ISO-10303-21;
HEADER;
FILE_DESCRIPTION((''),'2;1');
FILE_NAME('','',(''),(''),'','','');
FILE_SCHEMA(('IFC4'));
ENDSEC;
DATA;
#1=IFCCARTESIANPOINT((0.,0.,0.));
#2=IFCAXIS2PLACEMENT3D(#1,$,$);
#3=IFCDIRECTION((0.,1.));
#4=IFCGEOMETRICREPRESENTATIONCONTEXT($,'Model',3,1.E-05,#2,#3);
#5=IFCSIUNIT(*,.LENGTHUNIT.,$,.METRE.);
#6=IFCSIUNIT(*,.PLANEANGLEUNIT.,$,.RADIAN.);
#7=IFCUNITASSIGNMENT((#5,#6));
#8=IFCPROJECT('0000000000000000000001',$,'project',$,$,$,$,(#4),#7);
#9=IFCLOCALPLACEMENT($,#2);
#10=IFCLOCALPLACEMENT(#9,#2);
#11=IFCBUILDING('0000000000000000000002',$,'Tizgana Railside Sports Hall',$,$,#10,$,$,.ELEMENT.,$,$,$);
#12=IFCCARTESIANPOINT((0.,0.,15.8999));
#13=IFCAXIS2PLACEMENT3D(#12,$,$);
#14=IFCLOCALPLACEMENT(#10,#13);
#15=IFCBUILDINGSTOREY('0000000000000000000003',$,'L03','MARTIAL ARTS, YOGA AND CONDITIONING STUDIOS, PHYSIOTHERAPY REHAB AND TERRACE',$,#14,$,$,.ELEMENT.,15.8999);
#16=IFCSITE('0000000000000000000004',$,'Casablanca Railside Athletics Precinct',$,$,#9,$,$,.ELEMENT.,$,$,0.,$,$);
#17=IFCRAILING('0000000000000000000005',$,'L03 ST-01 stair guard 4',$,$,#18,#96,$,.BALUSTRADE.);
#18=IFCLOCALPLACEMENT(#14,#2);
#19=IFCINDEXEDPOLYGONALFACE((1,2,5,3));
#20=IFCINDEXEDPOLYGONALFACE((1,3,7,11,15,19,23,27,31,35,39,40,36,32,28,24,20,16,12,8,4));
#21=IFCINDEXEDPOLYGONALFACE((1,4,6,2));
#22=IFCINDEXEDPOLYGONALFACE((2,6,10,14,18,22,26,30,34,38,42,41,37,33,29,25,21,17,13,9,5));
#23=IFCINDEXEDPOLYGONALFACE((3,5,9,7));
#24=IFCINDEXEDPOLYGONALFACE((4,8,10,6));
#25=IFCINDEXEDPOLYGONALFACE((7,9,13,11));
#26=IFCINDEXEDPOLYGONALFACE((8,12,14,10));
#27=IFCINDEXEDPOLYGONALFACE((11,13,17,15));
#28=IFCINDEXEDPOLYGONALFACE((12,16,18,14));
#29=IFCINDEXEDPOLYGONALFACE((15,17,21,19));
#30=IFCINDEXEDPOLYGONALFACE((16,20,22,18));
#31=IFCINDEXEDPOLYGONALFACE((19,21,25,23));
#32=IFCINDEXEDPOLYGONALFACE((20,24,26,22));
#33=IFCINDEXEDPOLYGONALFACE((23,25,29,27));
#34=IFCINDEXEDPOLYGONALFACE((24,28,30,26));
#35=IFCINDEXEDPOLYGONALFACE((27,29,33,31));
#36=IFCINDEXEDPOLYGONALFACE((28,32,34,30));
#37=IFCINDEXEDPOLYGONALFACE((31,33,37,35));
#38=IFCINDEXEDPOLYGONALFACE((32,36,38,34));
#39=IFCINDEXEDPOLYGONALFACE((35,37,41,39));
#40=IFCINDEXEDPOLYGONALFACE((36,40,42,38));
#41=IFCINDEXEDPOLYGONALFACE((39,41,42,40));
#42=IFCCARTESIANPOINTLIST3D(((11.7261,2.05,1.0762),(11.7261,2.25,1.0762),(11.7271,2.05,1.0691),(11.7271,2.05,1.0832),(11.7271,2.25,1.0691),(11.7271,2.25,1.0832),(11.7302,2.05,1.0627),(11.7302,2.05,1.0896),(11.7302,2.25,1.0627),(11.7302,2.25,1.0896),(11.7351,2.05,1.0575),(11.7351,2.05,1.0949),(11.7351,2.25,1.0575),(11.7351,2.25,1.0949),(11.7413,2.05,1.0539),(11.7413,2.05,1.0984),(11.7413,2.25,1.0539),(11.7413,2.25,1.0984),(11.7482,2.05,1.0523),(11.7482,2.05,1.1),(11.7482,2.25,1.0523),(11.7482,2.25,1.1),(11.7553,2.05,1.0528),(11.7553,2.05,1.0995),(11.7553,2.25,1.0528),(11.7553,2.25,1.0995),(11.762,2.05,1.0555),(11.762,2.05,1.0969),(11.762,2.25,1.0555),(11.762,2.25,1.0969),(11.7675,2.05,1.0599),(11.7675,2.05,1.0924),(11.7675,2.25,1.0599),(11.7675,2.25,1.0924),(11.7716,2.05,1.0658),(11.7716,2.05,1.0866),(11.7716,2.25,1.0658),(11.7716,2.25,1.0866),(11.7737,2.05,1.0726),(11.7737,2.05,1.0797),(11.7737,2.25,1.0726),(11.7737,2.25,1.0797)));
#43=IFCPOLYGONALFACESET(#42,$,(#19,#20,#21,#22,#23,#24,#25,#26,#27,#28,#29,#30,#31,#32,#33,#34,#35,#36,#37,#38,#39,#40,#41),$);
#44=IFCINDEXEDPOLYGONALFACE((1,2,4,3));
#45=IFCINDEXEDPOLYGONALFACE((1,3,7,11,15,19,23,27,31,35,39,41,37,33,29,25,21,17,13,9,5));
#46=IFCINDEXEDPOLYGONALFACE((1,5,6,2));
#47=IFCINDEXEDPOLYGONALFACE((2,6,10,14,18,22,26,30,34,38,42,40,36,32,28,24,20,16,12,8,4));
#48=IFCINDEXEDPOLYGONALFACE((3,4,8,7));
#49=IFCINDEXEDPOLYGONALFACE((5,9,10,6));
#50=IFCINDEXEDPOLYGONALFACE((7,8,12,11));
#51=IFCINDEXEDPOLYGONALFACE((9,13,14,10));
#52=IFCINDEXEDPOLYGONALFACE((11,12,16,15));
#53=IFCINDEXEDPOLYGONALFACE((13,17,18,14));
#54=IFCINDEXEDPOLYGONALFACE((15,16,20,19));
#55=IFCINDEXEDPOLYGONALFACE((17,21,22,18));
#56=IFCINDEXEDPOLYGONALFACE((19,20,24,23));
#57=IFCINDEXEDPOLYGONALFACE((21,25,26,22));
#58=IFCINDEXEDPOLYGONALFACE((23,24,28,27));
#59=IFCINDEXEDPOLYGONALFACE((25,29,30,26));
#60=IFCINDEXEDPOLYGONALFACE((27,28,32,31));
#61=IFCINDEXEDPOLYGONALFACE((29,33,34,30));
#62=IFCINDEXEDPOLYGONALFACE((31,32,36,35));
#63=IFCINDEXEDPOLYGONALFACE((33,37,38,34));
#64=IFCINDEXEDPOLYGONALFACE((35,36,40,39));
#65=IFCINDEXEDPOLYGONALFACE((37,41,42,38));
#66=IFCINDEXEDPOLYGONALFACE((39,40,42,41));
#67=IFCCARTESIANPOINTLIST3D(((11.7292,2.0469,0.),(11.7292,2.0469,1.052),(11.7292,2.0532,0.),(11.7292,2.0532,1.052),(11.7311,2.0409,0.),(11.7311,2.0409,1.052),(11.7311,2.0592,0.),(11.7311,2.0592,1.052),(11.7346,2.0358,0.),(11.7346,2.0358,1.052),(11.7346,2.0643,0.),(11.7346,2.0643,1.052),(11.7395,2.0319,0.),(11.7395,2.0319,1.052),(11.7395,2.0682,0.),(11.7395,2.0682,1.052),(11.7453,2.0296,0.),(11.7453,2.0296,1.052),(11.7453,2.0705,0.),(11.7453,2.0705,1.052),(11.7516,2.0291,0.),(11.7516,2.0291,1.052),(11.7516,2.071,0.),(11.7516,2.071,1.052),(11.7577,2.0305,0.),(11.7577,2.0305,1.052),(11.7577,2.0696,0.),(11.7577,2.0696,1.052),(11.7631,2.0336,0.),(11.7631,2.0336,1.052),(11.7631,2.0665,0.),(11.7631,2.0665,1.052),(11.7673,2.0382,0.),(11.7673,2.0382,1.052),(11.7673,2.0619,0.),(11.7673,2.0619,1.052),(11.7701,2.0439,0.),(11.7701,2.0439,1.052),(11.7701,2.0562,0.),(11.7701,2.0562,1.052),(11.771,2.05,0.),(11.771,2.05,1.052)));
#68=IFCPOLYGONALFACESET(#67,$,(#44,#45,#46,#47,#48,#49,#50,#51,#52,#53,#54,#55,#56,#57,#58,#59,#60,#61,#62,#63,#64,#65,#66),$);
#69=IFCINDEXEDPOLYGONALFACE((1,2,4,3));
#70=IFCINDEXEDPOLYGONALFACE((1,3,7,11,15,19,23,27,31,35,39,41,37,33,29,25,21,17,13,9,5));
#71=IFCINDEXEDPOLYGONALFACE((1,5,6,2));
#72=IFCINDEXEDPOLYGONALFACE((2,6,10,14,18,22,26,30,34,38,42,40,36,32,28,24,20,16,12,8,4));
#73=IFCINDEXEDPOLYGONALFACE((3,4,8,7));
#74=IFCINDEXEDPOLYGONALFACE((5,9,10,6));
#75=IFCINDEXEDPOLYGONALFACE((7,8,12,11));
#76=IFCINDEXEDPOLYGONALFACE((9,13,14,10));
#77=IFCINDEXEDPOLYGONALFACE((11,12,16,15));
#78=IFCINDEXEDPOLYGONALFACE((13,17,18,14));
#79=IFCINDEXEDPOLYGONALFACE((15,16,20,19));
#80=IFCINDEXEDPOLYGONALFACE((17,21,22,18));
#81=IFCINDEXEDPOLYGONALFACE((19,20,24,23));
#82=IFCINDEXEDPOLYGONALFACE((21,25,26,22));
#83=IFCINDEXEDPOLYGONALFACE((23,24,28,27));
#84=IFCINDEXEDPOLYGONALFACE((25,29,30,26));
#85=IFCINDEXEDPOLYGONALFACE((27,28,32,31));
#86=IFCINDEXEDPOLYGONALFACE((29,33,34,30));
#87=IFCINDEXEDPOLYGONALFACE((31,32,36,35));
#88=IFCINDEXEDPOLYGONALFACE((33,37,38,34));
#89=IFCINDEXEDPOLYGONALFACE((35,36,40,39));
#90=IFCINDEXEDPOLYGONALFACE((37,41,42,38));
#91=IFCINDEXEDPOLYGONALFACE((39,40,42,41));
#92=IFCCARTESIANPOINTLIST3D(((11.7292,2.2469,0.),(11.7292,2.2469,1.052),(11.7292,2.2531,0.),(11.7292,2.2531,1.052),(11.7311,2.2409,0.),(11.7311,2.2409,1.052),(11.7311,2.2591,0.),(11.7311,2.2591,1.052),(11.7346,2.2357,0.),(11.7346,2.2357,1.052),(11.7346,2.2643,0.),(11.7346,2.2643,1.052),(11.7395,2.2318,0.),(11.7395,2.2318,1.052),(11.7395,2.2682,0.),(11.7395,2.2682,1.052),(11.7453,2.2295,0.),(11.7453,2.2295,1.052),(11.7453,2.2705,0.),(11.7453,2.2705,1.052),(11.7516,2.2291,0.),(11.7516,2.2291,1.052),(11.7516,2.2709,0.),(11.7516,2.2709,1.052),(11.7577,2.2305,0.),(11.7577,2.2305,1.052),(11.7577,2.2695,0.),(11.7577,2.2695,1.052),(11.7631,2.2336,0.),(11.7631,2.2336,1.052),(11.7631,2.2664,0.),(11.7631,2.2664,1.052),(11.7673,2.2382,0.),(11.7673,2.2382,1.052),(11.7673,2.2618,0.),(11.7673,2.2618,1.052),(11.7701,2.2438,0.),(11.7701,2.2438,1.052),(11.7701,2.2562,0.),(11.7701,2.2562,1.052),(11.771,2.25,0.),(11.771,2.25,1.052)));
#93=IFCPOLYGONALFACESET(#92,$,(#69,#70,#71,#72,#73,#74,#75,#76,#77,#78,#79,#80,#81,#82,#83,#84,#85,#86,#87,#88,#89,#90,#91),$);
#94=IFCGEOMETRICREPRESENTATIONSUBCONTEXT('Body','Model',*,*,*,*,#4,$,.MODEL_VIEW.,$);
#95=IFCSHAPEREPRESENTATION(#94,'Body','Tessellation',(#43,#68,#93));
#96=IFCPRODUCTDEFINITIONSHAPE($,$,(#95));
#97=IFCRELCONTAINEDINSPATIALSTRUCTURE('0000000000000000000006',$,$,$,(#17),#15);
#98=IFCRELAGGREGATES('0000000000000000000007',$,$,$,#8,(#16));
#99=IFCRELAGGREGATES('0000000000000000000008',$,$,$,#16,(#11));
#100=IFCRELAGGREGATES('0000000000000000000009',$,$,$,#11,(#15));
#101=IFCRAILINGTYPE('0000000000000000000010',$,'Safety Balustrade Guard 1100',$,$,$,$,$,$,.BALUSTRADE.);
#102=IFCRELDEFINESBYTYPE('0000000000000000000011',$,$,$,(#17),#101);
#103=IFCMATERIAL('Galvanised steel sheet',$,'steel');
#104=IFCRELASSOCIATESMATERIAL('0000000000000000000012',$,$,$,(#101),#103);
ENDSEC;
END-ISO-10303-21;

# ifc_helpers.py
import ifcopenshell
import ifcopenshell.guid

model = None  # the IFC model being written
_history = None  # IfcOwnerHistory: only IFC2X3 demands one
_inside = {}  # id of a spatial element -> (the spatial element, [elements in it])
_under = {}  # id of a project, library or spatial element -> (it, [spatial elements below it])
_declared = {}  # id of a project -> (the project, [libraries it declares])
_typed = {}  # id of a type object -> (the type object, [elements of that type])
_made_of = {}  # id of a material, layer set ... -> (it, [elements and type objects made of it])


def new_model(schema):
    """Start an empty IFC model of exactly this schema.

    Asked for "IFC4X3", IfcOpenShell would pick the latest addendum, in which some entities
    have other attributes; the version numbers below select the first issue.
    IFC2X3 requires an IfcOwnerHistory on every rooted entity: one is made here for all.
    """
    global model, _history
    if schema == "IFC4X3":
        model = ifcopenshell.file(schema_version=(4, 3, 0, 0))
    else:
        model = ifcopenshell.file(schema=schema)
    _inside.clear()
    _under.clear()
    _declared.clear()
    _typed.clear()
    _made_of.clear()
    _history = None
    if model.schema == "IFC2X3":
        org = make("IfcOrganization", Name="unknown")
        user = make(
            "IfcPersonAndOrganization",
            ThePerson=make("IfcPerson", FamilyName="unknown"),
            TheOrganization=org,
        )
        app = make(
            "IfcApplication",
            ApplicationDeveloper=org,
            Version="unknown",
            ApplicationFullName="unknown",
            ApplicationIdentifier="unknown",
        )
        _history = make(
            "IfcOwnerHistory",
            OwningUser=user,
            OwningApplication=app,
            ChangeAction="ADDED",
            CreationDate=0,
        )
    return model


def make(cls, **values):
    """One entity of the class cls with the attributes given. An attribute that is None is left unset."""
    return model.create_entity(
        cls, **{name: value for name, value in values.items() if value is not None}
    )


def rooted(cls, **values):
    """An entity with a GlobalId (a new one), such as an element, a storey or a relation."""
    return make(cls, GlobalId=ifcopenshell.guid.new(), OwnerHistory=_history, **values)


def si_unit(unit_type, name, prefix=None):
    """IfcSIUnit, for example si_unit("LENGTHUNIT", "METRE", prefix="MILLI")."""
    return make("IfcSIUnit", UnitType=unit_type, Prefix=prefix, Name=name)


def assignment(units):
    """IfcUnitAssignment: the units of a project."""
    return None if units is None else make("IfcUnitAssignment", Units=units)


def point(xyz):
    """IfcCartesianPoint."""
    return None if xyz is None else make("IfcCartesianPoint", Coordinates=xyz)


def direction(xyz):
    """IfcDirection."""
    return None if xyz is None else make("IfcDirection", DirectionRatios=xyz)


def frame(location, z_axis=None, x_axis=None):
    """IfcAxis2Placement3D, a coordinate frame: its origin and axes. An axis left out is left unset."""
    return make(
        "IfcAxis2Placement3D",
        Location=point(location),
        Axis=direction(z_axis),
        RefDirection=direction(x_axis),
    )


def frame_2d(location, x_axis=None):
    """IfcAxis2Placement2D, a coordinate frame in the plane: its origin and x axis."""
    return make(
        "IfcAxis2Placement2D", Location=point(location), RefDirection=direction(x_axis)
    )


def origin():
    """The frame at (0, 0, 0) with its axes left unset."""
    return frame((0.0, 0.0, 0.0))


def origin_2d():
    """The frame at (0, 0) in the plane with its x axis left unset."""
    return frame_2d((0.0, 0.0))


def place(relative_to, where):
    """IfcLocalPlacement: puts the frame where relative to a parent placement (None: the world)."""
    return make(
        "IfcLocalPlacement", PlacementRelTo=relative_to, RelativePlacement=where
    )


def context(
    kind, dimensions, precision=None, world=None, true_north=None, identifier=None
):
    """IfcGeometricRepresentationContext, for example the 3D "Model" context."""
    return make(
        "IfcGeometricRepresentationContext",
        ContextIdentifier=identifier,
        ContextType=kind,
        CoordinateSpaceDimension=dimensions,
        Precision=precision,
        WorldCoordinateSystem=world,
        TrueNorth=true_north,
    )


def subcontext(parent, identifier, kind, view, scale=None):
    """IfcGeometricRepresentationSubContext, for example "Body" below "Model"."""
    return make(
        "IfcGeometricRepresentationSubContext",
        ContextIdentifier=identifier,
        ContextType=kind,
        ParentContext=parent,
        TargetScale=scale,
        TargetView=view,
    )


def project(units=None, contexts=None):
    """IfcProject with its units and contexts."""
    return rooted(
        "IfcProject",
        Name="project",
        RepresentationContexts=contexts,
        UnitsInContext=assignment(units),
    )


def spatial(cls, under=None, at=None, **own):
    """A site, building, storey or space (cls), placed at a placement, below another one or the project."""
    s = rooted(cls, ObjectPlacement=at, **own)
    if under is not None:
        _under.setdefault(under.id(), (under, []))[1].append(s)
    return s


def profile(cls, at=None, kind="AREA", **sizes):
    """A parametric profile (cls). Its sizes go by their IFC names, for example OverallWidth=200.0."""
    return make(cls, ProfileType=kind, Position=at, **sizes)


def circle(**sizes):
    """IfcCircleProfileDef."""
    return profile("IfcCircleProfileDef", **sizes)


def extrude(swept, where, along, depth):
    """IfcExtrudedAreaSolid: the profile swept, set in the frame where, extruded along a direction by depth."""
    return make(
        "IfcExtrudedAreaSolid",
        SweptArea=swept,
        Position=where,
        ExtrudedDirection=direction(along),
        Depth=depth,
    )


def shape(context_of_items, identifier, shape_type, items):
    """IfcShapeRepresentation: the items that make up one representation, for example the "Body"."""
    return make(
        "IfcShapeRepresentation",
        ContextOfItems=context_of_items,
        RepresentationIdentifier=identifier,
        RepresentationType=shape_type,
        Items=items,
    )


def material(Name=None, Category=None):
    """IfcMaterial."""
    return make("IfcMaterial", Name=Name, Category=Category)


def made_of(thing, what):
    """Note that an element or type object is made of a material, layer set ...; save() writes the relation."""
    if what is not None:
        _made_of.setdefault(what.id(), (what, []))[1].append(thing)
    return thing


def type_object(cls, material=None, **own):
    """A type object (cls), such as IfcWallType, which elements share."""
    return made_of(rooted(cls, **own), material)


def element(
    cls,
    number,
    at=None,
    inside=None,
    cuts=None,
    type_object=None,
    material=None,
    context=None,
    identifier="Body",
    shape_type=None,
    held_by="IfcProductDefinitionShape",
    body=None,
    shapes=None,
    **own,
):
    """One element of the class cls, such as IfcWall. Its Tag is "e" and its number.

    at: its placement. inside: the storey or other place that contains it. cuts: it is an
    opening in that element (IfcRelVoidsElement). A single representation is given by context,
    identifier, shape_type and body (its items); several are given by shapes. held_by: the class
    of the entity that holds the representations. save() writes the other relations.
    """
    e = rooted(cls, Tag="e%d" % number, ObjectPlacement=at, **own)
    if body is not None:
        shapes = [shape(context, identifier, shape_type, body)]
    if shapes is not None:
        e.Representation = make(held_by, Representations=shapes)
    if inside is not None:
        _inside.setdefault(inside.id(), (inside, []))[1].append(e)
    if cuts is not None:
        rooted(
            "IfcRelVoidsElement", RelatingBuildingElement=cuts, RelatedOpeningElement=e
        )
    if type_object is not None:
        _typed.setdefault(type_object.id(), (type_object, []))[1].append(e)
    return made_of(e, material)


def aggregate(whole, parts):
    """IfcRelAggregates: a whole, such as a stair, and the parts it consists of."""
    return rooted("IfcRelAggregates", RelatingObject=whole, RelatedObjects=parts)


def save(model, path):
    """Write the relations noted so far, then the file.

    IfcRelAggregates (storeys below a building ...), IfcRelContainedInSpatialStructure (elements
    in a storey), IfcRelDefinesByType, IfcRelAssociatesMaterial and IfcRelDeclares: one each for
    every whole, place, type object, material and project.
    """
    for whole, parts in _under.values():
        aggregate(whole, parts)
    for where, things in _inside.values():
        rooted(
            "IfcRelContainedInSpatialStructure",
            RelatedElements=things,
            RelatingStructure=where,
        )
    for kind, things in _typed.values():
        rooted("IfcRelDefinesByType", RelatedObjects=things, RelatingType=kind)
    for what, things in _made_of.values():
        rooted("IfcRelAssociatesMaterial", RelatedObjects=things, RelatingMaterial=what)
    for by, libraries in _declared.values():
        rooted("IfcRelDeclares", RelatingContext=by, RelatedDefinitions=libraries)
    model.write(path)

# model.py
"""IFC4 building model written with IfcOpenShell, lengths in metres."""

from ifc_helpers import new_model, si_unit, direction, frame, origin, origin_2d, place, context, subcontext, project, spatial, circle, extrude, material, type_object, element, save


model = new_model("IFC4")

# Units and contexts
model_context = context("Model", 3, precision=1e-05, world=origin(), true_north=direction((0.0, 1.0)))
body_context = subcontext(model_context, "Body", "Model", "MODEL_VIEW")
ifc_project = project(units=[si_unit("LENGTHUNIT", "METRE"), si_unit("PLANEANGLEUNIT", "RADIAN")], contexts=[model_context])

# Site, building, storey
site_placement = place(None, origin())
site = spatial("IfcSite", under=ifc_project, at=site_placement, Name="Casablanca Railside Athletics Precinct", CompositionType="ELEMENT", RefElevation=0.0)
building_placement = place(site_placement, origin())
building = spatial("IfcBuilding", under=site, at=building_placement, Name="Tizgana Railside Sports Hall", CompositionType="ELEMENT")
storey_placement = place(building_placement, frame((0.0, 0.0, 15.8999)))
storey = spatial("IfcBuildingStorey", under=building, at=storey_placement, Name="L03", Description="MARTIAL ARTS, YOGA AND CONDITIONING STUDIOS, PHYSIOTHERAPY REHAB AND TERRACE", CompositionType="ELEMENT", Elevation=15.8999)

# Railing
ifc_material_1 = material(Name="Galvanised steel sheet", Category="steel")
railing_type_1 = type_object("IfcRailingType", Name="Safety Balustrade Guard 1100", PredefinedType="BALUSTRADE", material=ifc_material_1)
railing_1_placement = place(storey_placement, frame((11.75, 2.05, 0.0)))
element("IfcRailing", 1, at=railing_1_placement, inside=storey, type_object=railing_type_1, Name="L03 ST-01 stair guard 4", PredefinedType="BALUSTRADE", context=body_context, shape_type="SweptSolid", body=[
    extrude(circle(Radius=0.0239, at=origin_2d()), frame((0.0, 0.0, 1.0762), z_axis=(0.0, 1.0, 0.0), x_axis=(-1.0, 0.0, 0.0)), (0.0, 0.0, 1.0), 0.2),
    extrude(circle(Radius=0.021, at=origin_2d()), origin(), (0.0, 0.0, 1.0), 1.052),
    extrude(circle(Radius=0.021, at=origin_2d()), frame((0.0, 0.2, 0.0)), (0.0, 0.0, 1.0), 1.052),
])

save(model, "model.ifc")
